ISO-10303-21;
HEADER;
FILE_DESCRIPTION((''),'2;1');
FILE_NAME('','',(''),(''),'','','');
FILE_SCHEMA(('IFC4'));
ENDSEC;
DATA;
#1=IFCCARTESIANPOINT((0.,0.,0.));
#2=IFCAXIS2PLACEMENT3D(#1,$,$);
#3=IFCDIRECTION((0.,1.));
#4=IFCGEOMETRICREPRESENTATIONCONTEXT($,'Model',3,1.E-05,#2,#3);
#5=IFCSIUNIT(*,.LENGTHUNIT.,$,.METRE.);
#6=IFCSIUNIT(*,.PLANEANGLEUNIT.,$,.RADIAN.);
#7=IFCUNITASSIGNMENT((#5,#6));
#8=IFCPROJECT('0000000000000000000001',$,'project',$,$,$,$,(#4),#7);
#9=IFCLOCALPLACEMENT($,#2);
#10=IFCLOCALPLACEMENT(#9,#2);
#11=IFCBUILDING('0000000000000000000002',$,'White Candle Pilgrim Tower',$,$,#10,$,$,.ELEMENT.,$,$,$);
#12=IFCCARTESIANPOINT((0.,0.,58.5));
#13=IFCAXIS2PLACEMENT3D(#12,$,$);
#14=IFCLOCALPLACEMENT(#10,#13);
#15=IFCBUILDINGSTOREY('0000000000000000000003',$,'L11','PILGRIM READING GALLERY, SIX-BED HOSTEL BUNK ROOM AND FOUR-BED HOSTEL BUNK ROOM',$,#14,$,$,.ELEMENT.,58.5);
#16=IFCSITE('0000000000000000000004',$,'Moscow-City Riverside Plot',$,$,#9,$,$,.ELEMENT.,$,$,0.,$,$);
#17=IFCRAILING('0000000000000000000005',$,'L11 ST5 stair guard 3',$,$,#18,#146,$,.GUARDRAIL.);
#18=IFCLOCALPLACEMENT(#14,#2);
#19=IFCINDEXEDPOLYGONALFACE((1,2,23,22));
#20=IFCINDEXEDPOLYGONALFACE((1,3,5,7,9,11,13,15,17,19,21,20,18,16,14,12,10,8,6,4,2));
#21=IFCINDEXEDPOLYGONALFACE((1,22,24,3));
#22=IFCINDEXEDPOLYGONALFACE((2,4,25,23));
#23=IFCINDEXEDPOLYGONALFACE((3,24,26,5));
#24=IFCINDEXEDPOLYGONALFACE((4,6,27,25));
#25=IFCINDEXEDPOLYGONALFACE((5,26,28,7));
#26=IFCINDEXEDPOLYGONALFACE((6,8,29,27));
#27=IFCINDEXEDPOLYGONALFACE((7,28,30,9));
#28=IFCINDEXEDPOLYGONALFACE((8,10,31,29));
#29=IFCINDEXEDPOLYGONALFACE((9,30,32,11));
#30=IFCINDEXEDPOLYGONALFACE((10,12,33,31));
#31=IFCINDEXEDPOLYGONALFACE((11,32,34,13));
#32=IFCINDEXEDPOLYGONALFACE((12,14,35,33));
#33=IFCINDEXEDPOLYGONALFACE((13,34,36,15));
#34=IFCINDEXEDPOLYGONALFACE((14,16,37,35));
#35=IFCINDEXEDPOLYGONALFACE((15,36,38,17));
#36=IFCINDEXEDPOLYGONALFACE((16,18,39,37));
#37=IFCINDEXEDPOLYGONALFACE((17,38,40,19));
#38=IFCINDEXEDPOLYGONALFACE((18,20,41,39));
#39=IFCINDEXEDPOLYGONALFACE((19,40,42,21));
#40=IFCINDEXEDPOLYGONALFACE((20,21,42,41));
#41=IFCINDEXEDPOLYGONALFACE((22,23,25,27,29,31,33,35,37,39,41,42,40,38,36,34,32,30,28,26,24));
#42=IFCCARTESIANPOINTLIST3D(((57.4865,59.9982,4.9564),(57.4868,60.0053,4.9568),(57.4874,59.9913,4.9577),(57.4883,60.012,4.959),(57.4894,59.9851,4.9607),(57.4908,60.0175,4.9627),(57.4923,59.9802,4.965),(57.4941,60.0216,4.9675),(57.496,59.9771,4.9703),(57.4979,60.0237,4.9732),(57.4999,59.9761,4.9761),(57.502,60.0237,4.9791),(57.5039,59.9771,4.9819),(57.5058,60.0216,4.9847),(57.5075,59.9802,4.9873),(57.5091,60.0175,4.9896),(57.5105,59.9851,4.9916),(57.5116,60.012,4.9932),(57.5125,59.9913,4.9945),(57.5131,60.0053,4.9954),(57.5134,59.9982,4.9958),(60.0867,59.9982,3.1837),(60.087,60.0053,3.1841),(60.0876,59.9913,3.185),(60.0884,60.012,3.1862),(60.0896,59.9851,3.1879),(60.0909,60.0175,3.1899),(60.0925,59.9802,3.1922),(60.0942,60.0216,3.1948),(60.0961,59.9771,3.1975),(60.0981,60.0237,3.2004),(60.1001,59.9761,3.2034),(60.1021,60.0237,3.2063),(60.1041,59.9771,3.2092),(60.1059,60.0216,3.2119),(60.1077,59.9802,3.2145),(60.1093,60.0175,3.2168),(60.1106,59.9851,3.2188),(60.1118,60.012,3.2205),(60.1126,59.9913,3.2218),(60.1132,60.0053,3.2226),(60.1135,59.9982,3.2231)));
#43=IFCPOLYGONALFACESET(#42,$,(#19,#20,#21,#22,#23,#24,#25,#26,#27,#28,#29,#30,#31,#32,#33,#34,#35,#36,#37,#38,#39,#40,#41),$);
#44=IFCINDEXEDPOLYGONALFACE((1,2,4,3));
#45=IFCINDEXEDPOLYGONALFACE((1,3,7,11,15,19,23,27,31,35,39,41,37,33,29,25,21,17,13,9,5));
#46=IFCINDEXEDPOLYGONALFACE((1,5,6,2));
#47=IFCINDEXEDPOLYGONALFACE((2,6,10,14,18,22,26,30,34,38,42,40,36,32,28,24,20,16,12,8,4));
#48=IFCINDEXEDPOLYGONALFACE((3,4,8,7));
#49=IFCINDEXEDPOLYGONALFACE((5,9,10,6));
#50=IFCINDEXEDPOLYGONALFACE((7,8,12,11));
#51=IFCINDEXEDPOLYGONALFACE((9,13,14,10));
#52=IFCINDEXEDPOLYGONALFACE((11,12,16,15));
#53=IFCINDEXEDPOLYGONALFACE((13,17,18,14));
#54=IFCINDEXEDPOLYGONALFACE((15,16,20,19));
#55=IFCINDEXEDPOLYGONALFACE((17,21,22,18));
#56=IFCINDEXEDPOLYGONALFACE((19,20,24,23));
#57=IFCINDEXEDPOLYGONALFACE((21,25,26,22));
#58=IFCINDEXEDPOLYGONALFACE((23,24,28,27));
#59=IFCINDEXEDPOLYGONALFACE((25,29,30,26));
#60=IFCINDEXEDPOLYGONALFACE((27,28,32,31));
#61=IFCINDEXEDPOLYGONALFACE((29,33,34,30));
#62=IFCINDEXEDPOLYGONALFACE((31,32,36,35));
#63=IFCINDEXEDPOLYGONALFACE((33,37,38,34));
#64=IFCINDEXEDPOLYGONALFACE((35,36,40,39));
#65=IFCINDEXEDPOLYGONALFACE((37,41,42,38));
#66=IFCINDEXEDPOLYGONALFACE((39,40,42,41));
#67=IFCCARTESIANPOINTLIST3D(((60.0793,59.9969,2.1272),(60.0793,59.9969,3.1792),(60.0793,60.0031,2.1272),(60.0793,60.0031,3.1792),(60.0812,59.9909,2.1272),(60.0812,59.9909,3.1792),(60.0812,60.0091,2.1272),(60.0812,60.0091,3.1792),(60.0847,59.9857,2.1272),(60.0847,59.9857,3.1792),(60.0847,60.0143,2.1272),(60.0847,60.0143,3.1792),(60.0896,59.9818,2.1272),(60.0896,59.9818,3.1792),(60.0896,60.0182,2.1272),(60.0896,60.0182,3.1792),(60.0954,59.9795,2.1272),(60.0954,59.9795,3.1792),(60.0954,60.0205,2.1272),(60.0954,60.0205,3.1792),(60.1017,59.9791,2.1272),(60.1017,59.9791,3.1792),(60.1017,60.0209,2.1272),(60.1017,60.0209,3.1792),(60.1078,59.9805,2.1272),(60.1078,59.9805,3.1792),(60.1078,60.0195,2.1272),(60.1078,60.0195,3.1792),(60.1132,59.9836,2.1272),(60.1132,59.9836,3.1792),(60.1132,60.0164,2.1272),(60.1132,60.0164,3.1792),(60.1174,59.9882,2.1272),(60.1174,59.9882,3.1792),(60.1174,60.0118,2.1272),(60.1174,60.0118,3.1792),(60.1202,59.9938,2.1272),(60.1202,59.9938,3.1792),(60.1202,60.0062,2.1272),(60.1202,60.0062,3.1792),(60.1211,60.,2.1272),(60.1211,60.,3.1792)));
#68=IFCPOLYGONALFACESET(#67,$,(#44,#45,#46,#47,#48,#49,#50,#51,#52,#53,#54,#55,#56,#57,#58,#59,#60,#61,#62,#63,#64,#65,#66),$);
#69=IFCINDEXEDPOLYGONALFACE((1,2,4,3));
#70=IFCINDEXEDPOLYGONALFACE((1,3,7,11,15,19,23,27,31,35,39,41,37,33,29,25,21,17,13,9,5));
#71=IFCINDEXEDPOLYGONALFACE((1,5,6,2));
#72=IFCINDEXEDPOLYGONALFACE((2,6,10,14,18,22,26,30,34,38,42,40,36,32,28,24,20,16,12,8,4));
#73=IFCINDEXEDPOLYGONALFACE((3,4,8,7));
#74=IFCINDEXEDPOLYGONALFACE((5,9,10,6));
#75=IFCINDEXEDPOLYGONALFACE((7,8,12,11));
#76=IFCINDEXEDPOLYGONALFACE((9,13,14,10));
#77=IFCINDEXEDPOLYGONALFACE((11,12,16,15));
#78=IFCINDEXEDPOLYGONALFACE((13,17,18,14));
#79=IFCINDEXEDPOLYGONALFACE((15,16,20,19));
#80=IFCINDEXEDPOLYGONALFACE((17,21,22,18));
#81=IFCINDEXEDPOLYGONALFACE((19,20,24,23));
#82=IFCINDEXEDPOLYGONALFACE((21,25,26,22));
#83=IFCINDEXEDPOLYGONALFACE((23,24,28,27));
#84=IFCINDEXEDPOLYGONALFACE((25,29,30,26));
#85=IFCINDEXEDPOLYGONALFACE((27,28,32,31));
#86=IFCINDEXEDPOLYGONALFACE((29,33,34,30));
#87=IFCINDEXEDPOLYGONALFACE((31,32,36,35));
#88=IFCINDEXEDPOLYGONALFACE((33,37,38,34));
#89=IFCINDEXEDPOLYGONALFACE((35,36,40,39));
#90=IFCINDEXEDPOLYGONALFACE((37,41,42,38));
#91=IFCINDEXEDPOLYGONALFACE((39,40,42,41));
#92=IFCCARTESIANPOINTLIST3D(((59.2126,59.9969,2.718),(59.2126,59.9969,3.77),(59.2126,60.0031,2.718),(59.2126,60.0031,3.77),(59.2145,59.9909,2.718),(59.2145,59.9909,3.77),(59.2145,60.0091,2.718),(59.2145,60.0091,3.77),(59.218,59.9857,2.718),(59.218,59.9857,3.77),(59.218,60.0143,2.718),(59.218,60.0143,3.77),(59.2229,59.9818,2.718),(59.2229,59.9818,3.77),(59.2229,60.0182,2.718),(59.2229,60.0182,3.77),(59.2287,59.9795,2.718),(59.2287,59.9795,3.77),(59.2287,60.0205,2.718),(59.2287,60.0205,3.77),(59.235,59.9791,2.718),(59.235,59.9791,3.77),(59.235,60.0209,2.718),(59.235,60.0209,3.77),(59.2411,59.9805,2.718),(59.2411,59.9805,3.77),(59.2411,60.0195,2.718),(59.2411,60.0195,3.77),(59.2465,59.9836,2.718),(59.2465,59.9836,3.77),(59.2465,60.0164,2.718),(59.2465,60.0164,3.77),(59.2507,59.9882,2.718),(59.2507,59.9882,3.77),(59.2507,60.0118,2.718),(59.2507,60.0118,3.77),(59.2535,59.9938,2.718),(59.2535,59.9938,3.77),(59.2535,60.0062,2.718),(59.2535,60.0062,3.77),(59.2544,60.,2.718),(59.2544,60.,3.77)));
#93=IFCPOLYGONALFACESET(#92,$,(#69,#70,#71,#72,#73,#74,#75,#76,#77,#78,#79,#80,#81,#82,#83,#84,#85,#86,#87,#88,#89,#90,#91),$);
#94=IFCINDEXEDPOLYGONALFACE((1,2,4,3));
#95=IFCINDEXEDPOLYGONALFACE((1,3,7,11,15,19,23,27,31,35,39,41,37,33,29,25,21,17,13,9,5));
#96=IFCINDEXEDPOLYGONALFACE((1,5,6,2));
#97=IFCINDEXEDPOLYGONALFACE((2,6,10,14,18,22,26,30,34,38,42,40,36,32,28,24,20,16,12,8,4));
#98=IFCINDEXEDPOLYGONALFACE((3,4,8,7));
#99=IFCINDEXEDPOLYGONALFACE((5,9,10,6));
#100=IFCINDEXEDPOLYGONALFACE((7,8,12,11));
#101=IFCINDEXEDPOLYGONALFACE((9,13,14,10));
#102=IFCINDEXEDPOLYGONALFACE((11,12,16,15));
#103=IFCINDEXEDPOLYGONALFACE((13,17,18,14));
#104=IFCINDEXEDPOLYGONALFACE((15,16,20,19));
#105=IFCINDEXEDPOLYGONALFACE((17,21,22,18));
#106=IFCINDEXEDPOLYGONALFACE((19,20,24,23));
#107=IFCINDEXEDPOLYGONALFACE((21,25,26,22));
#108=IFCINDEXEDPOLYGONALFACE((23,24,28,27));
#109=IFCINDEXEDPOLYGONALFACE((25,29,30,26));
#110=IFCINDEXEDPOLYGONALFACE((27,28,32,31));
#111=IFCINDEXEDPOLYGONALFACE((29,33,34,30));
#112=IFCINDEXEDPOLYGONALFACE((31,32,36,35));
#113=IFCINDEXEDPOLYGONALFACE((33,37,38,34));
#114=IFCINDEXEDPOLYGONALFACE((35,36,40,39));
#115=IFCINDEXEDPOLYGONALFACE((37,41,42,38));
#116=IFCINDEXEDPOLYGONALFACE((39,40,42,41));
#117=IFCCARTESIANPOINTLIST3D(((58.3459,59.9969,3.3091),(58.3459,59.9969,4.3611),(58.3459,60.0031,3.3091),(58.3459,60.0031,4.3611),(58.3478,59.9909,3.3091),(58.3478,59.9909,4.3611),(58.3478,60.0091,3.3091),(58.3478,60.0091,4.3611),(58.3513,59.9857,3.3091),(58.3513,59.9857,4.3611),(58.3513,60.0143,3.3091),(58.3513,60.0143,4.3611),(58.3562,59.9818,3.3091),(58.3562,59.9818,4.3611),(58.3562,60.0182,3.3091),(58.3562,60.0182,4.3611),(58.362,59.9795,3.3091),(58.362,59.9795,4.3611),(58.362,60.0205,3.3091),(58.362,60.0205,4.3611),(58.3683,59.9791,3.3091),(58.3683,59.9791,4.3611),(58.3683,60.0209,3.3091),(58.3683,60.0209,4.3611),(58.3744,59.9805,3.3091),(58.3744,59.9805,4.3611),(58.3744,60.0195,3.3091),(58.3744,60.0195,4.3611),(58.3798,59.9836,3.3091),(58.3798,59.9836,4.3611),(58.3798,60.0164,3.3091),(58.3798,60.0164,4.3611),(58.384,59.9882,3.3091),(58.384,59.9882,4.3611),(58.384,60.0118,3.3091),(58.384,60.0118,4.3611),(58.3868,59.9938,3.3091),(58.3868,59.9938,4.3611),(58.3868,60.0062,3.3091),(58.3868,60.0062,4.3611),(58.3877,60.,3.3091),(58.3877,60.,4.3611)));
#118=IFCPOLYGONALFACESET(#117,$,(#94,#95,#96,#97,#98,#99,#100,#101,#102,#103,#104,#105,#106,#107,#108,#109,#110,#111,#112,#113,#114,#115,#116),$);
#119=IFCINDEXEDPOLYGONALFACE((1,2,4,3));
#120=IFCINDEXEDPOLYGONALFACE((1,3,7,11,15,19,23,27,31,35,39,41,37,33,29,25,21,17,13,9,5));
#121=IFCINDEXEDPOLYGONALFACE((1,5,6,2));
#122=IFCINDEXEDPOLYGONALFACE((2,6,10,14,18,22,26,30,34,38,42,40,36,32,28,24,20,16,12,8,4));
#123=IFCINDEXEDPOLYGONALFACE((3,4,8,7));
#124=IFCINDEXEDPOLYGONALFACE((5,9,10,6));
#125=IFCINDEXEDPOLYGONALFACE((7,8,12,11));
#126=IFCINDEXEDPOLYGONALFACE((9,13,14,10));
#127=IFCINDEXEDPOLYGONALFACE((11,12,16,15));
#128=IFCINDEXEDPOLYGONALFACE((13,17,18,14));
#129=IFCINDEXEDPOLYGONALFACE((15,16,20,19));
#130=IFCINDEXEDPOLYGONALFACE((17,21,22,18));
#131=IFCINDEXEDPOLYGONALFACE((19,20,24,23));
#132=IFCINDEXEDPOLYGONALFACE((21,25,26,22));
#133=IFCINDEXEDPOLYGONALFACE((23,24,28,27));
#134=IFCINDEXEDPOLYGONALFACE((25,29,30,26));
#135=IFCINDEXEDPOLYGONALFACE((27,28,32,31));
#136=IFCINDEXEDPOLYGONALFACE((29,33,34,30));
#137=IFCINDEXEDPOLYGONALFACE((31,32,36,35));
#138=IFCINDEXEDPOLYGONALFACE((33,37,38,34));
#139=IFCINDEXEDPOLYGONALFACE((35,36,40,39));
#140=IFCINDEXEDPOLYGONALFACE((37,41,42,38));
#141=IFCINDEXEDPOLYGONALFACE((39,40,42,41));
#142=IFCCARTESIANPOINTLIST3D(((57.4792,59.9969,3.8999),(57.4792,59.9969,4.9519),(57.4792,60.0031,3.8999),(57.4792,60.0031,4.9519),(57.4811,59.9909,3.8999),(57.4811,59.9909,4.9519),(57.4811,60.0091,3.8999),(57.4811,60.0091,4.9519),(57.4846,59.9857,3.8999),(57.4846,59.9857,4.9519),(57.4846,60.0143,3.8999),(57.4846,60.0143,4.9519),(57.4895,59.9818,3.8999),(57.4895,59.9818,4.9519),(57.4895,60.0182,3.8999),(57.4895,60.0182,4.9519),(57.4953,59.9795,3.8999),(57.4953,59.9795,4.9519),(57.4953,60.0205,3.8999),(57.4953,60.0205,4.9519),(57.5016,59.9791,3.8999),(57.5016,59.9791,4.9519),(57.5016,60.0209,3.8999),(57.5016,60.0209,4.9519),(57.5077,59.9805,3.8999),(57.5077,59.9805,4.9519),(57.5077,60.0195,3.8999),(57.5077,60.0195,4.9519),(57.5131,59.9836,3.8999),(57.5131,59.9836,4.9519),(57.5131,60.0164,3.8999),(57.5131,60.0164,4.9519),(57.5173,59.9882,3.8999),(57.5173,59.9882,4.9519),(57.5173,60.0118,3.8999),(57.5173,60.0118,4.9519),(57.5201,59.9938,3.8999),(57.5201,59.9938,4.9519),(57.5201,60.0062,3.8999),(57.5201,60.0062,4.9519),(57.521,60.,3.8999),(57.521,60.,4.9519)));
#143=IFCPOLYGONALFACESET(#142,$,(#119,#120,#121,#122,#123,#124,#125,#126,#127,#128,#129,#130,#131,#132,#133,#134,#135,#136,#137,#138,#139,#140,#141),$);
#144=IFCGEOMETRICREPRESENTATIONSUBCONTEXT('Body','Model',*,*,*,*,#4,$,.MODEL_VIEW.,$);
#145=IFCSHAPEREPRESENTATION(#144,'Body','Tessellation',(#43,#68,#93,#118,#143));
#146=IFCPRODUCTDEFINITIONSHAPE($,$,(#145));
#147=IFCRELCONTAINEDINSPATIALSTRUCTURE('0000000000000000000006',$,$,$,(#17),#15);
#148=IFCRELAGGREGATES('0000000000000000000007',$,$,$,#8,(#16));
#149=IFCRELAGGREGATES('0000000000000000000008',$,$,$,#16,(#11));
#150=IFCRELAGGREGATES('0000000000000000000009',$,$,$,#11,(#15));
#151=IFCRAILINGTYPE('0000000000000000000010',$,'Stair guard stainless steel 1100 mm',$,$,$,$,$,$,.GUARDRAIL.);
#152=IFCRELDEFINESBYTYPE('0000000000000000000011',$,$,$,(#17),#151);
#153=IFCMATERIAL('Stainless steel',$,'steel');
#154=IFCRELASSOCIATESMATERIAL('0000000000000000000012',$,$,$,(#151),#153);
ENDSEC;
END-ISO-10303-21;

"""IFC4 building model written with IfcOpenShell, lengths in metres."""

from ifc_helpers import new_model, si_unit, direction, frame, origin, origin_2d, place, context, subcontext, project, spatial, circle, extrude, material, type_object, element, save


model = new_model("IFC4")

# Units and contexts
model_context = context("Model", 3, precision=1e-05, world=origin(), true_north=direction((0.0, 1.0)))
body_context = subcontext(model_context, "Body", "Model", "MODEL_VIEW")
ifc_project = project(units=[si_unit("LENGTHUNIT", "METRE"), si_unit("PLANEANGLEUNIT", "RADIAN")], contexts=[model_context])

# Site, building, storey
site_placement = place(None, origin())
site = spatial("IfcSite", under=ifc_project, at=site_placement, Name="Moscow-City Riverside Plot", CompositionType="ELEMENT", RefElevation=0.0)
building_placement = place(site_placement, origin())
building = spatial("IfcBuilding", under=site, at=building_placement, Name="White Candle Pilgrim Tower", CompositionType="ELEMENT")
storey_placement = place(building_placement, frame((0.0, 0.0, 58.5)))
storey = spatial("IfcBuildingStorey", under=building, at=storey_placement, Name="L11", Description="PILGRIM READING GALLERY, SIX-BED HOSTEL BUNK ROOM AND FOUR-BED HOSTEL BUNK ROOM", CompositionType="ELEMENT", Elevation=58.5)

# Railing
ifc_material_1 = material(Name="Stainless steel", Category="steel")
railing_type_1 = type_object("IfcRailingType", Name="Stair guard stainless steel 1100 mm", PredefinedType="GUARDRAIL", material=ifc_material_1)
railing_1_placement = place(storey_placement, frame((60.1001, 60.0, 2.1272)))
element("IfcRailing", 1, at=railing_1_placement, inside=storey, type_object=railing_type_1, Name="L11 ST5 stair guard 3", PredefinedType="GUARDRAIL", context=body_context, shape_type="SweptSolid", body=[
    extrude(circle(Radius=0.0239, at=origin_2d()), frame((0.0, 0.0, 1.0762), z_axis=(-0.82624, 0.0, 0.563318), x_axis=(0.0, -1.0, 0.0)), (0.0, 0.0, 1.0), 3.147),
    extrude(circle(Radius=0.021, at=origin_2d()), origin(), (0.0, 0.0, 1.0), 1.052),
    extrude(circle(Radius=0.021, at=origin_2d()), frame((-0.8667, 0.0, 0.5908)), (0.0, 0.0, 1.0), 1.052),
    extrude(circle(Radius=0.021, at=origin_2d()), frame((-1.7334, 0.0, 1.1819)), (0.0, 0.0, 1.0), 1.052),
    extrude(circle(Radius=0.021, at=origin_2d()), frame((-2.6001, 0.0, 1.7727)), (0.0, 0.0, 1.0), 1.052),
])

save(model, "model.ifc")
